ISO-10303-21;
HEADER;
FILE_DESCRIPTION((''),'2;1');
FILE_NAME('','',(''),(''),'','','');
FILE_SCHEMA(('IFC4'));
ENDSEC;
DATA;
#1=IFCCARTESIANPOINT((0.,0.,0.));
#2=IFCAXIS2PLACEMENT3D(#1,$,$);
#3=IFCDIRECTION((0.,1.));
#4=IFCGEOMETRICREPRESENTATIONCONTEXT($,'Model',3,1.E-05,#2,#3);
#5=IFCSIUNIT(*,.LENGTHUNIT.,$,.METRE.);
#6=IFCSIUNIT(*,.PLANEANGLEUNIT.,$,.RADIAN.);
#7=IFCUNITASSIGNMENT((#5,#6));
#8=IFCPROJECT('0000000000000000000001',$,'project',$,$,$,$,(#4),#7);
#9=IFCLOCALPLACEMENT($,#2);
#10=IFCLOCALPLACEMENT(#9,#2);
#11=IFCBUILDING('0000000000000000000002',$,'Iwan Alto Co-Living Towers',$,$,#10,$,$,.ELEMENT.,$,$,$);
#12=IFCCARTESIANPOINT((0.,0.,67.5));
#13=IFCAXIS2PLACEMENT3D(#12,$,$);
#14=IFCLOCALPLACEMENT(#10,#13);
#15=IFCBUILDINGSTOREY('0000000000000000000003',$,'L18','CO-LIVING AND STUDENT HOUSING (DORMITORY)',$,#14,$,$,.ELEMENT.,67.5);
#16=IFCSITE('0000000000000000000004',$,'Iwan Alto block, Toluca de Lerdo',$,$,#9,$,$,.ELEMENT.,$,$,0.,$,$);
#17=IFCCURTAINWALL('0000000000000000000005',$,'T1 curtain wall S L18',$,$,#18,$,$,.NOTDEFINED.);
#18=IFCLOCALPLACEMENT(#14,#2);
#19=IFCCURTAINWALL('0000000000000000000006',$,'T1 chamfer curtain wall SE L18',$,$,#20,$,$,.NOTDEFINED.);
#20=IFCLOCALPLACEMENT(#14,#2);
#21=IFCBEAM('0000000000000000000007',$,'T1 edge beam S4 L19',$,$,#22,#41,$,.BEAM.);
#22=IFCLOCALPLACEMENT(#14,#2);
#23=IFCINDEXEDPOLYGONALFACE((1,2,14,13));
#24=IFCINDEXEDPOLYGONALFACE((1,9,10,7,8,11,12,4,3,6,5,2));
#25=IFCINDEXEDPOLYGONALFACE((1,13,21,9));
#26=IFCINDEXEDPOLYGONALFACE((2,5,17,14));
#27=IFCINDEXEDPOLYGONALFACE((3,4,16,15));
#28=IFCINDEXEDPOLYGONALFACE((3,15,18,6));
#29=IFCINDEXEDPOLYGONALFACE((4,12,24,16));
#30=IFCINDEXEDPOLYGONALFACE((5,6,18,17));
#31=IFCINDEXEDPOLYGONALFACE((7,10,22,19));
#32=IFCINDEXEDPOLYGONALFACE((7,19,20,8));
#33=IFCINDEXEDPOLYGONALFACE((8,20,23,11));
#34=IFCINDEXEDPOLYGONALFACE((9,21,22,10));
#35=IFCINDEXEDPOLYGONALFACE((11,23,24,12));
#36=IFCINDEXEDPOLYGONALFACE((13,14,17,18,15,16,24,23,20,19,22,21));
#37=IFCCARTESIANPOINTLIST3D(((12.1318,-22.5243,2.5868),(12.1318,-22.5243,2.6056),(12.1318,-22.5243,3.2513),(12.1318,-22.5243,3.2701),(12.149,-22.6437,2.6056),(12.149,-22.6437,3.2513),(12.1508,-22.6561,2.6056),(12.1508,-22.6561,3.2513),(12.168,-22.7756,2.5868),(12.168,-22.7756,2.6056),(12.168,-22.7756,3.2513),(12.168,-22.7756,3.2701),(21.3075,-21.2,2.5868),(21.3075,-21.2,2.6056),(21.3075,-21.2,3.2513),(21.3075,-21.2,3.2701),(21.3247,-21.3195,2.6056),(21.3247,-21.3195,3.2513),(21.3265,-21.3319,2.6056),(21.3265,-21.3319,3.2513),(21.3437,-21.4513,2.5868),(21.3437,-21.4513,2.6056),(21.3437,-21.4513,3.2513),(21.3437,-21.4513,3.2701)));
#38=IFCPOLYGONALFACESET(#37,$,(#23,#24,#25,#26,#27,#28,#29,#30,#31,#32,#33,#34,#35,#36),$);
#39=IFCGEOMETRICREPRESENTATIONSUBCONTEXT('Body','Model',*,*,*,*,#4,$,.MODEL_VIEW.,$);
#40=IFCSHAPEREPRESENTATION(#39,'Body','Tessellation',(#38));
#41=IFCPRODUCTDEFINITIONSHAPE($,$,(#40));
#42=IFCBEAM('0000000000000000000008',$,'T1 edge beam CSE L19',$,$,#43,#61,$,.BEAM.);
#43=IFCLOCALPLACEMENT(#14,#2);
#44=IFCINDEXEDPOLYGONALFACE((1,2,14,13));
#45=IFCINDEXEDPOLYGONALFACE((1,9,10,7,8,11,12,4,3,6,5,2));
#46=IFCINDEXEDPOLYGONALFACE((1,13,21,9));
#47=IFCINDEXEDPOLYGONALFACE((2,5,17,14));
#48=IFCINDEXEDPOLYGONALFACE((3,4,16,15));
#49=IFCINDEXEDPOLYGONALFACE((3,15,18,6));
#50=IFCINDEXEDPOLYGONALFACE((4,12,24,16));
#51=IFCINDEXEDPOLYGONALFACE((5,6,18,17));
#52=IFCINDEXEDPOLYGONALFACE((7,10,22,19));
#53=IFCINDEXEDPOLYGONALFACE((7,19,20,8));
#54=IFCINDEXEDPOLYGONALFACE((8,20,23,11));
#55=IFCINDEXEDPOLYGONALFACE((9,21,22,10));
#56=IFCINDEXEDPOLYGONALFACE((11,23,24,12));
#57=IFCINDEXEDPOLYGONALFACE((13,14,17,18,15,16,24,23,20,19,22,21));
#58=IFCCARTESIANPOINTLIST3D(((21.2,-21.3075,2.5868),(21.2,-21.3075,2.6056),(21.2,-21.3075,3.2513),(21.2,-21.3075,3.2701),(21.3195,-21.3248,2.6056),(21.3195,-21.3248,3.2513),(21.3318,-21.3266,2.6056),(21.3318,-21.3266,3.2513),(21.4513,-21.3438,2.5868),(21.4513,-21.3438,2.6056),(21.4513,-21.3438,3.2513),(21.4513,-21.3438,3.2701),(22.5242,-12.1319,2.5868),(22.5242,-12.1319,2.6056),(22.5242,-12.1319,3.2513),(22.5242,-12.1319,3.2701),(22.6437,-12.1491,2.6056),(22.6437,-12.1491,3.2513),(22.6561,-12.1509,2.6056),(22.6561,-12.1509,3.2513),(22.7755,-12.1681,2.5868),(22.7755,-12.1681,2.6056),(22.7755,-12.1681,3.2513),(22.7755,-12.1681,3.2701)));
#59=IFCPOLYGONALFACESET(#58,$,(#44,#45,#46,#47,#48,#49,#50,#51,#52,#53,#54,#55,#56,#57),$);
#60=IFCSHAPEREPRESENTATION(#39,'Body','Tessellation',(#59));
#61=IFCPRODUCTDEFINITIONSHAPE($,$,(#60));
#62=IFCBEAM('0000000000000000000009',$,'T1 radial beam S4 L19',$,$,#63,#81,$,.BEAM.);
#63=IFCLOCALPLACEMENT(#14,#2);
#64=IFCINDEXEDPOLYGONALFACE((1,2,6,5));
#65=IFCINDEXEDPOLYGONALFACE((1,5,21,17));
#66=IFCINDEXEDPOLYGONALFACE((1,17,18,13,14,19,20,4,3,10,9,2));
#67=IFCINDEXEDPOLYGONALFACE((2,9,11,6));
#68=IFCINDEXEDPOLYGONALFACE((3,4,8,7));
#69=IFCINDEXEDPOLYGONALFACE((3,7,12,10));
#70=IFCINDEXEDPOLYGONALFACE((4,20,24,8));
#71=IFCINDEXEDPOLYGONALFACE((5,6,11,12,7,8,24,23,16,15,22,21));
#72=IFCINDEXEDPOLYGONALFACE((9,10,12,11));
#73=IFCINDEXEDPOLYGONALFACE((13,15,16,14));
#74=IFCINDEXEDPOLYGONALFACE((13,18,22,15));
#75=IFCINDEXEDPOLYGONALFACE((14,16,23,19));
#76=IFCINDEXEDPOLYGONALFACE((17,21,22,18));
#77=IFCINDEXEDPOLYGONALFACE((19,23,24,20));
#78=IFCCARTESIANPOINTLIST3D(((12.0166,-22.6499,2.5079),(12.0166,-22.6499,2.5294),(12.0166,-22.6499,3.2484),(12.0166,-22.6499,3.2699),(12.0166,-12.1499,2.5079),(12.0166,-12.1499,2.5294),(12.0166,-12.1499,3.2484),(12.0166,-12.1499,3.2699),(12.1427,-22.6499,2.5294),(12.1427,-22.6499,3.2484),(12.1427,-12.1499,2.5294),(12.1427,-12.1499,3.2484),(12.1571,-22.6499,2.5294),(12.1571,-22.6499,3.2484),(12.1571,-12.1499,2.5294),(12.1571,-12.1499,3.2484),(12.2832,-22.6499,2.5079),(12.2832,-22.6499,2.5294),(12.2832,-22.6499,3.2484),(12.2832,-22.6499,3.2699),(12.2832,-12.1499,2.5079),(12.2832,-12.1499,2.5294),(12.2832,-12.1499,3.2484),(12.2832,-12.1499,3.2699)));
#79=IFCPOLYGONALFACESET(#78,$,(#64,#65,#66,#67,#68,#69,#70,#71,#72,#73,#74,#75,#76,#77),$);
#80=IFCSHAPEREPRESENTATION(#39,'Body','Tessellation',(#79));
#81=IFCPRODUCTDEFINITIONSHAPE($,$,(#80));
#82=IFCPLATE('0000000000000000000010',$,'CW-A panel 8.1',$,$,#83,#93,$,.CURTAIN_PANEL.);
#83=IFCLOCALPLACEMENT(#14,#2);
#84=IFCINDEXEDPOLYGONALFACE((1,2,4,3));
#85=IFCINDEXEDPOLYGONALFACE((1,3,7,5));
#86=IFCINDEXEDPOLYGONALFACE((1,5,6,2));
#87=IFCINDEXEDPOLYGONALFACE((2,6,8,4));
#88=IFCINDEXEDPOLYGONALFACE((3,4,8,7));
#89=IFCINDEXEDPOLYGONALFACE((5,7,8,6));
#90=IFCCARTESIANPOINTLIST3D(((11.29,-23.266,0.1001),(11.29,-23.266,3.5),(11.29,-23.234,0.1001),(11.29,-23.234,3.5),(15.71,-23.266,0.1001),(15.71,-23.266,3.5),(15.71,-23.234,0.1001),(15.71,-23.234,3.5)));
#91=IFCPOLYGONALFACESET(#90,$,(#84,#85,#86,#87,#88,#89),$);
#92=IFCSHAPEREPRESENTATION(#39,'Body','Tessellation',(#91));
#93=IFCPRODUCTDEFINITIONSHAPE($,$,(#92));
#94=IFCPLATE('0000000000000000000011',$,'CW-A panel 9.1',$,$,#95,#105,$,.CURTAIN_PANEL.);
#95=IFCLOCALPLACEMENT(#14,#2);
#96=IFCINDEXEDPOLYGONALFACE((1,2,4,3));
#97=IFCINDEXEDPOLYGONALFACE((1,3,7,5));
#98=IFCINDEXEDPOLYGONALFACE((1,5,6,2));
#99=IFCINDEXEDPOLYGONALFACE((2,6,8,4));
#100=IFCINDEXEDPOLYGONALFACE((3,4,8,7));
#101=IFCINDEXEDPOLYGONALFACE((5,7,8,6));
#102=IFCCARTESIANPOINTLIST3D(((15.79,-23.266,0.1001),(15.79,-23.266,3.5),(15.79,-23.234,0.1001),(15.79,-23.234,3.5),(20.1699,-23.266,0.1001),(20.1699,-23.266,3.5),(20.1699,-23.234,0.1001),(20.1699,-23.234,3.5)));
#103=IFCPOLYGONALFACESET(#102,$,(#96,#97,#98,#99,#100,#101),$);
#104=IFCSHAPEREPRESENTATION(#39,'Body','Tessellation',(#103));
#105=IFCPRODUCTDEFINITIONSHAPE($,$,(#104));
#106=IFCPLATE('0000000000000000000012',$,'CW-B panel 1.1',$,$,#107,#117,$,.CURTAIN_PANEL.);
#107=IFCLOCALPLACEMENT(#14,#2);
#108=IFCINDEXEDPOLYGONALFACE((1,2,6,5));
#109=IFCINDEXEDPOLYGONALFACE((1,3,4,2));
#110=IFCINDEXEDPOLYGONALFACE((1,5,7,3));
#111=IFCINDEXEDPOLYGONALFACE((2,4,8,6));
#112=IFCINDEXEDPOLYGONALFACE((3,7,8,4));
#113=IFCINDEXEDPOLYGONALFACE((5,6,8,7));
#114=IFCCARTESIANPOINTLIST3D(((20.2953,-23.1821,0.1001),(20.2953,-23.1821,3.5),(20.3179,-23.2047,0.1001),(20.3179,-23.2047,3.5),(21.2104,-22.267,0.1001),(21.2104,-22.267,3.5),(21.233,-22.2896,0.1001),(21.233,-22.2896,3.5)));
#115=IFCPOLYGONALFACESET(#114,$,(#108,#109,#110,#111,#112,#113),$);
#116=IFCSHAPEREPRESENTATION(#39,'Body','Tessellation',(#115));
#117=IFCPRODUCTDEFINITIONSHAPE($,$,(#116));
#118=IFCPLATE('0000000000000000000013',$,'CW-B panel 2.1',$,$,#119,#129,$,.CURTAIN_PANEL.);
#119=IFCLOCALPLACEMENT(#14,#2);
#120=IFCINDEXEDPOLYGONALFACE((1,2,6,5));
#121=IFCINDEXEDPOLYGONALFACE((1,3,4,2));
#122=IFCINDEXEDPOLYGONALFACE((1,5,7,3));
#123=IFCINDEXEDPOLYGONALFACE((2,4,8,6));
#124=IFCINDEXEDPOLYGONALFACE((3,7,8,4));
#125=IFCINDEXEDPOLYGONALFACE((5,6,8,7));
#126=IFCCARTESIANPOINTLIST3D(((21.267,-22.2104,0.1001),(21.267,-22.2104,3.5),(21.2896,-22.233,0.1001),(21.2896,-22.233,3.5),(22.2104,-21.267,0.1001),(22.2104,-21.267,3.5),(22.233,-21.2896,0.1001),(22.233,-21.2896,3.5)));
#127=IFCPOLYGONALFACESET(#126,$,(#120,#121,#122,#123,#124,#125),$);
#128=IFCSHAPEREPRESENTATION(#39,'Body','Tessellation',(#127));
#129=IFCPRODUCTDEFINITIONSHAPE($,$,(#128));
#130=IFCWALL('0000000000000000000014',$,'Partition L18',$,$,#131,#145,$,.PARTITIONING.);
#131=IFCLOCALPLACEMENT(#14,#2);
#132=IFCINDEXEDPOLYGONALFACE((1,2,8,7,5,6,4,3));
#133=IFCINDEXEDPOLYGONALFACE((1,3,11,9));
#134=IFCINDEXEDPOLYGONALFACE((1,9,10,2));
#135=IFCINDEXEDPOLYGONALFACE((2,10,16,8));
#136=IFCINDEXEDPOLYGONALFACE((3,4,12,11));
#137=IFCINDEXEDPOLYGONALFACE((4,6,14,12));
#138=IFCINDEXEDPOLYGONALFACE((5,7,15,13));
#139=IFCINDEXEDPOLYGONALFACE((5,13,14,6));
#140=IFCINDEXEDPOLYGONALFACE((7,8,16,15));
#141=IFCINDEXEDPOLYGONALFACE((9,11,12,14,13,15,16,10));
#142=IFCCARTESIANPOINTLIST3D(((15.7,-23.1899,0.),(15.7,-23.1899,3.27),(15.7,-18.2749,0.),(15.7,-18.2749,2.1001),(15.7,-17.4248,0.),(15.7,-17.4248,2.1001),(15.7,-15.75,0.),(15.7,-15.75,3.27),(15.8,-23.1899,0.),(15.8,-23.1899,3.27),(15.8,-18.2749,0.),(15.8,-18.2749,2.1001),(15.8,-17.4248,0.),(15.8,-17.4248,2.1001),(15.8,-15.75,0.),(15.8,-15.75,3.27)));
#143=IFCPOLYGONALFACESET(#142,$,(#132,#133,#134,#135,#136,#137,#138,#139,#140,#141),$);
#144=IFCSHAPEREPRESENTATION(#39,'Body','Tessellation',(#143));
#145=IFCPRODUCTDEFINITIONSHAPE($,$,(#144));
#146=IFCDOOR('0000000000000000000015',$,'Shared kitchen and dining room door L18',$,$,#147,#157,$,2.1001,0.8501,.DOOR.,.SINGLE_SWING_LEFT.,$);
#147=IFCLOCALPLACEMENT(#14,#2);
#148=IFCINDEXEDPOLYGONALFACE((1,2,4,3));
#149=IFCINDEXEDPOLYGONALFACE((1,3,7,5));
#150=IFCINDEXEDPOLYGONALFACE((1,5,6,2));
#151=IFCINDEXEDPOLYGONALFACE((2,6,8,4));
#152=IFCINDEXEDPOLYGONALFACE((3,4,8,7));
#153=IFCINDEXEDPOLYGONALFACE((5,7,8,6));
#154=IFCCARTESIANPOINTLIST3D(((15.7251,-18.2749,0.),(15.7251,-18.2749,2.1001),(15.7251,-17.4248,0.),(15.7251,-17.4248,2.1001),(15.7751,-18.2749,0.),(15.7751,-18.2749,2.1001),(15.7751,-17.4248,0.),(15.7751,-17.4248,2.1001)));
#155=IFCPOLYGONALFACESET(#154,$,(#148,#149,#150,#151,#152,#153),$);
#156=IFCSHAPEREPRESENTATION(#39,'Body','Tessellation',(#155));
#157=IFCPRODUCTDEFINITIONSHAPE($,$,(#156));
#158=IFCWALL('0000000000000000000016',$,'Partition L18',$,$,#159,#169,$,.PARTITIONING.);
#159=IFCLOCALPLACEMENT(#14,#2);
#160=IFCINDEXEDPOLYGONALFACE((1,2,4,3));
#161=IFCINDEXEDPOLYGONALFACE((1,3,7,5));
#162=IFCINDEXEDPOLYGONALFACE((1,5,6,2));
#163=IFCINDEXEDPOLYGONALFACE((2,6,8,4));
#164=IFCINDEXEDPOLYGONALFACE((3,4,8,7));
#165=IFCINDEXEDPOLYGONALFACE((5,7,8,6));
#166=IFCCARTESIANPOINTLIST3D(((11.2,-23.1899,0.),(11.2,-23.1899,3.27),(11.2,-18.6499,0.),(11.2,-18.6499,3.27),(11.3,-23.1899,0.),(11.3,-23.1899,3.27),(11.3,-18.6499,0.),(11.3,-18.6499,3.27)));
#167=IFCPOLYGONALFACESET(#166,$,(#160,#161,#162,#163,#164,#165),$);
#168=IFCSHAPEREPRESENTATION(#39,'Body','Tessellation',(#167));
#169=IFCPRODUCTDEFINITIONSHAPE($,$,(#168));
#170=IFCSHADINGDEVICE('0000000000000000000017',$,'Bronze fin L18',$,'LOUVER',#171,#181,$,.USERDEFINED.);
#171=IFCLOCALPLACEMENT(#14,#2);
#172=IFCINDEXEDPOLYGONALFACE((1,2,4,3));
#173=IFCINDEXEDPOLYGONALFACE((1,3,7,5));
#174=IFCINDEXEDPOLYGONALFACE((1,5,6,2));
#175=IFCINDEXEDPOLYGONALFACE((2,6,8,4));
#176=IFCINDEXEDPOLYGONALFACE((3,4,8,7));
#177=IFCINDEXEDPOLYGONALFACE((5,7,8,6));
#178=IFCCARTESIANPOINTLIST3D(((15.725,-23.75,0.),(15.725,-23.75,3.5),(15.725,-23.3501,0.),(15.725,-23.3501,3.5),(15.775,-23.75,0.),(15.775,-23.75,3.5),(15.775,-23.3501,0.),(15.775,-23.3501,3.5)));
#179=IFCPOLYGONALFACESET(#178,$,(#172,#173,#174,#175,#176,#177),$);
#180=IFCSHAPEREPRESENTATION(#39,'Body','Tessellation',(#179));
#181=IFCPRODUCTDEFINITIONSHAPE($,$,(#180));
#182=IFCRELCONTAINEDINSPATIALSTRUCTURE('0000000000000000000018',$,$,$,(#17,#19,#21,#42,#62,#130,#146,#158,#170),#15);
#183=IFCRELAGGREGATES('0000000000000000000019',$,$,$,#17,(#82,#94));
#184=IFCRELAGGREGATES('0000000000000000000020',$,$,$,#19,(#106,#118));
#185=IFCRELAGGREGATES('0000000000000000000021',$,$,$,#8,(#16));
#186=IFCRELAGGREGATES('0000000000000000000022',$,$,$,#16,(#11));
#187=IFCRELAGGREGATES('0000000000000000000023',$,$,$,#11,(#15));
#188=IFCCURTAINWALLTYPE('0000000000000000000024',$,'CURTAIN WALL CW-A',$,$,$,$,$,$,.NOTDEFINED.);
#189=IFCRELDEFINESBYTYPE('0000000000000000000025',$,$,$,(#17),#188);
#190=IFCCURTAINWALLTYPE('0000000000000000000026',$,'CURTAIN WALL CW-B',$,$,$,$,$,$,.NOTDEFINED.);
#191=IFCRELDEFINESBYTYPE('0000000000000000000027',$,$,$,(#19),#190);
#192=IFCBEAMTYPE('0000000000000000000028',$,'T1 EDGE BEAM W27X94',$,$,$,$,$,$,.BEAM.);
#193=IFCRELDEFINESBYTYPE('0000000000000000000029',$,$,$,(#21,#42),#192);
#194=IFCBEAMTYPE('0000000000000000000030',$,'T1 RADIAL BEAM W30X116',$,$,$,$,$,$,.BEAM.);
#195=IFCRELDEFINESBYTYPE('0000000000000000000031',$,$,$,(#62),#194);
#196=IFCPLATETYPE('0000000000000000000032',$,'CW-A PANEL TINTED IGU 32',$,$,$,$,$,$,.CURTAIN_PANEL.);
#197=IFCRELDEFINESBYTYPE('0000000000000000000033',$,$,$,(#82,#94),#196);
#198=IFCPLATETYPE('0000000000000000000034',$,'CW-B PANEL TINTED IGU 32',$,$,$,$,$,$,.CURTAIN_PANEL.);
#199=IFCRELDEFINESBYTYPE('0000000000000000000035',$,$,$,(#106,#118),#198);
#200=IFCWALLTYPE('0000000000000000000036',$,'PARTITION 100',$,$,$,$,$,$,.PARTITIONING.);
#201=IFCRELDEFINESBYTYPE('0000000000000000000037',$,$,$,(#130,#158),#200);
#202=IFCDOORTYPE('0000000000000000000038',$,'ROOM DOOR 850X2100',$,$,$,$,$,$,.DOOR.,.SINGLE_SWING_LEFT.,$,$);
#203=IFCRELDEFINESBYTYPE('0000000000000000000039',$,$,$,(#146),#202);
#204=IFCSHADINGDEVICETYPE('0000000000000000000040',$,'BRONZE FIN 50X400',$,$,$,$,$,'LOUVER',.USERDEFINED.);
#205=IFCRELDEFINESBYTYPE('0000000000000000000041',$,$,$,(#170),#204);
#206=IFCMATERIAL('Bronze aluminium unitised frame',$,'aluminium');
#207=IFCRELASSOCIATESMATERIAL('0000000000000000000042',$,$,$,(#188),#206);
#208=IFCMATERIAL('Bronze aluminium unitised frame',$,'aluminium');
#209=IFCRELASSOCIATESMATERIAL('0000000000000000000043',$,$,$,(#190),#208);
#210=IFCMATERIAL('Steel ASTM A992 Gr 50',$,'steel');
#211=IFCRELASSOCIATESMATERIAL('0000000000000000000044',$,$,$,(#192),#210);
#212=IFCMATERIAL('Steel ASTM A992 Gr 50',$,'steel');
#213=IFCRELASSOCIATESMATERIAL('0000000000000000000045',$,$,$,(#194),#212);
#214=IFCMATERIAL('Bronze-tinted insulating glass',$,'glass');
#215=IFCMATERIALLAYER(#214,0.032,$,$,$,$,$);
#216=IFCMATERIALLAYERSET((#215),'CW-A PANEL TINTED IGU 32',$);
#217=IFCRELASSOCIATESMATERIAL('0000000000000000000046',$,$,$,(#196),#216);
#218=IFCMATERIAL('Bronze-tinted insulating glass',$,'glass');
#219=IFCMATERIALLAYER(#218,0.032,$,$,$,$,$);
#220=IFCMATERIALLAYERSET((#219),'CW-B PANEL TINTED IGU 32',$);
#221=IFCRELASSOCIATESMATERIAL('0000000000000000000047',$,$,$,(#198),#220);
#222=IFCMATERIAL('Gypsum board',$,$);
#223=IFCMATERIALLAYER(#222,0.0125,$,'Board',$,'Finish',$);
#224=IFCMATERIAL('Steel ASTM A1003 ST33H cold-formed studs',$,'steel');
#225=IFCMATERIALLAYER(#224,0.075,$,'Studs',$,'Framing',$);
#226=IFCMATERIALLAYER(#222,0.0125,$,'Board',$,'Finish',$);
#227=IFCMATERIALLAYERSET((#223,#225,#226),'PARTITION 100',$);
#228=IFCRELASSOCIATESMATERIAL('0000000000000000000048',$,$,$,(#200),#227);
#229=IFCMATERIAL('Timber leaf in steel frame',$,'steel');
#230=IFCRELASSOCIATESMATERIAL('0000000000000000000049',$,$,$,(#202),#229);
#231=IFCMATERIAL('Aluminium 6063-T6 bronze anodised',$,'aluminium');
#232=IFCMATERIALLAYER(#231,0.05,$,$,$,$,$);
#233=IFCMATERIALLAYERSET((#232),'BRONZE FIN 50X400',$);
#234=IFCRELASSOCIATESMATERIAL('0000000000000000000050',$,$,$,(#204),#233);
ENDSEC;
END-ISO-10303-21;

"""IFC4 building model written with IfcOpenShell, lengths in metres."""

from ifc_helpers import new_model, si_unit, direction, frame, frame_2d, origin, origin_2d, place, context, subcontext, project, spatial, rectangle, i_section, extrude, material, layer, layer_set, material_profile, profile_set, type_object, element, fill, aggregate, save


model = new_model("IFC4")

# Units and contexts
model_context = context("Model", 3, precision=1e-05, world=origin(), true_north=direction((0.0, 1.0)))
body_context = subcontext(model_context, "Body", "Model", "MODEL_VIEW")
ifc_project = project(units=[si_unit("LENGTHUNIT", "METRE"), si_unit("PLANEANGLEUNIT", "RADIAN")], contexts=[model_context])

# Site, building, storey
site_placement = place(None, origin())
site = spatial("IfcSite", under=ifc_project, at=site_placement, Name="Iwan Alto block, Toluca de Lerdo", CompositionType="ELEMENT", RefElevation=0.0)
building_placement = place(site_placement, origin())
building = spatial("IfcBuilding", under=site, at=building_placement, Name="Iwan Alto Co-Living Towers", CompositionType="ELEMENT")
storey_placement = place(building_placement, frame((0.0, 0.0, 67.5)))
storey = spatial("IfcBuildingStorey", under=building, at=storey_placement, Name="L18", Description="CO-LIVING AND STUDENT HOUSING (DORMITORY)", CompositionType="ELEMENT", Elevation=67.5)

# Curtain walls
ifc_material_1 = material(Name="Bronze aluminium unitised frame", Category="aluminium")
curtain_wall_type_1 = type_object("IfcCurtainWallType", Name="CURTAIN WALL CW-A", PredefinedType="NOTDEFINED", material=ifc_material_1)
curtain_wall_1_placement = place(storey_placement, origin())
curtain_wall_1 = element("IfcCurtainWall", 1, at=curtain_wall_1_placement, inside=storey, type_object=curtain_wall_type_1, Name="T1 curtain wall S L18", PredefinedType="NOTDEFINED")
ifc_material_2 = material(Name="Bronze aluminium unitised frame", Category="aluminium")
curtain_wall_type_2 = type_object("IfcCurtainWallType", Name="CURTAIN WALL CW-B", PredefinedType="NOTDEFINED", material=ifc_material_2)
curtain_wall_2_placement = place(storey_placement, origin())
curtain_wall_2 = element("IfcCurtainWall", 2, at=curtain_wall_2_placement, inside=storey, type_object=curtain_wall_type_2, Name="T1 chamfer curtain wall SE L18", PredefinedType="NOTDEFINED")

# Beams
ifc_material_3 = material(Name="Steel ASTM A992 Gr 50", Category="steel")
ifc_material_profile_1 = material_profile(ifc_material_3, i_section(OverallWidth=0.2539, OverallDepth=0.6833, WebThickness=0.0125, FlangeThickness=0.0188, at=origin_2d()), Name="W27X94")
ifc_profile_set_1 = profile_set([ifc_material_profile_1], Name="Steel ASTM A992 Gr 50")
beam_type_1 = type_object("IfcBeamType", Name="T1 EDGE BEAM W27X94", PredefinedType="BEAM", material=ifc_profile_set_1)
for number, where, z_axis, x_axis, name in (
    (3, (12.1499, -22.6499, 2.9285), (0.989746, 0.142837, 0.0), (-0.142837, 0.989746, 0.0), "T1 edge beam S4 L19"),
    (4, (21.3257, -21.3257, 2.9285), (0.142837, 0.989746, 0.0), (-0.989746, 0.142837, 0.0), "T1 edge beam CSE L19"),
):
    element("IfcBeam", number, at=place(storey_placement, frame(where, z_axis=z_axis, x_axis=x_axis)), inside=storey, type_object=beam_type_1, Name=name, PredefinedType="BEAM", context=body_context, shape_type="SweptSolid", body=[
        extrude(i_section(OverallWidth=0.2539, OverallDepth=0.6833, WebThickness=0.0125, FlangeThickness=0.0188, at=origin_2d()), origin(), (0.0, 0.0, 1.0), 9.2708),
    ])
ifc_material_4 = material(Name="Steel ASTM A992 Gr 50", Category="steel")
ifc_material_profile_2 = material_profile(ifc_material_4, i_section(OverallWidth=0.2666, OverallDepth=0.762, WebThickness=0.0144, FlangeThickness=0.0215, at=origin_2d()), Name="W30X116")
ifc_profile_set_2 = profile_set([ifc_material_profile_2], Name="Steel ASTM A992 Gr 50")
beam_type_2 = type_object("IfcBeamType", Name="T1 RADIAL BEAM W30X116", PredefinedType="BEAM", material=ifc_profile_set_2)
beam_1_placement = place(storey_placement, frame((12.1499, -22.6499, 2.8889), z_axis=(0.0, 1.0, 0.0), x_axis=(-1.0, 0.0, 0.0)))
element("IfcBeam", 5, at=beam_1_placement, inside=storey, type_object=beam_type_2, Name="T1 radial beam S4 L19", PredefinedType="BEAM", context=body_context, shape_type="SweptSolid", body=[
    extrude(i_section(OverallWidth=0.2666, OverallDepth=0.762, WebThickness=0.0144, FlangeThickness=0.0215, at=origin_2d()), origin(), (0.0, 0.0, 1.0), 10.5),
])

# Plates
ifc_material_5 = material(Name="Bronze-tinted insulating glass", Category="glass")
ifc_layer_1 = layer(ifc_material_5, 0.032)
ifc_layer_set_1 = layer_set([ifc_layer_1], Name="CW-A PANEL TINTED IGU 32")
plate_type_1 = type_object("IfcPlateType", Name="CW-A PANEL TINTED IGU 32", PredefinedType="CURTAIN_PANEL", material=ifc_layer_set_1)
plate_1_placement = place(storey_placement, frame((13.5, -23.25, 0.1001), z_axis=(0.0, 0.0, 1.0), x_axis=(1.0, 0.0, 0.0)))
plate_1 = element("IfcPlate", 6, at=plate_1_placement, type_object=plate_type_1, Name="CW-A panel 8.1", PredefinedType="CURTAIN_PANEL", context=body_context, shape_type="SweptSolid", body=[
    extrude(rectangle(XDim=4.4199, YDim=0.032, at=origin_2d()), origin(), (0.0, 0.0, 1.0), 3.3999),
])
plate_2_placement = place(storey_placement, frame((17.98, -23.25, 0.1001), z_axis=(0.0, 0.0, 1.0), x_axis=(1.0, 0.0, 0.0)))
plate_2 = element("IfcPlate", 7, at=plate_2_placement, type_object=plate_type_1, Name="CW-A panel 9.1", PredefinedType="CURTAIN_PANEL", context=body_context, shape_type="SweptSolid", body=[
    extrude(rectangle(XDim=4.3799, YDim=0.032, at=origin_2d()), origin(), (0.0, 0.0, 1.0), 3.3999),
])
aggregate(curtain_wall_1, [plate_1, plate_2])
ifc_material_6 = material(Name="Bronze-tinted insulating glass", Category="glass")
ifc_layer_2 = layer(ifc_material_6, 0.032)
ifc_layer_set_2 = layer_set([ifc_layer_2], Name="CW-B PANEL TINTED IGU 32")
plate_type_2 = type_object("IfcPlateType", Name="CW-B PANEL TINTED IGU 32", PredefinedType="CURTAIN_PANEL", material=ifc_layer_set_2)
plate_3_placement = place(storey_placement, frame((20.7642, -22.7358, 0.1001), z_axis=(0.0, 0.0, 1.0), x_axis=(0.707107, 0.707107, 0.0)))
plate_3 = element("IfcPlate", 8, at=plate_3_placement, type_object=plate_type_2, Name="CW-B panel 1.1", PredefinedType="CURTAIN_PANEL", context=body_context, shape_type="SweptSolid", body=[
    extrude(rectangle(XDim=1.2942, YDim=0.032, at=origin_2d()), origin(), (0.0, 0.0, 1.0), 3.3999),
])
plate_4_placement = place(storey_placement, frame((21.75, -21.75, 0.1001), z_axis=(0.0, 0.0, 1.0), x_axis=(0.707107, 0.707107, 0.0)))
plate_4 = element("IfcPlate", 9, at=plate_4_placement, type_object=plate_type_2, Name="CW-B panel 2.1", PredefinedType="CURTAIN_PANEL", context=body_context, shape_type="SweptSolid", body=[
    extrude(rectangle(XDim=1.3342, YDim=0.032, at=origin_2d()), origin(), (0.0, 0.0, 1.0), 3.3999),
])
aggregate(curtain_wall_2, [plate_3, plate_4])

# Wall, opening, door
ifc_material_7 = material(Name="Gypsum board")
ifc_layer_3 = layer(ifc_material_7, 0.0125, Name="Board", Category="Finish")
ifc_material_8 = material(Name="Steel ASTM A1003 ST33H cold-formed studs", Category="steel")
ifc_layer_4 = layer(ifc_material_8, 0.075, Name="Studs", Category="Framing")
ifc_layer_5 = layer(ifc_material_7, 0.0125, Name="Board", Category="Finish")
ifc_layer_set_3 = layer_set([ifc_layer_3, ifc_layer_4, ifc_layer_5], Name="PARTITION 100")
wall_type = type_object("IfcWallType", Name="PARTITION 100", PredefinedType="PARTITIONING", material=ifc_layer_set_3)
wall_1_placement = place(storey_placement, frame((15.75, -23.1899, 0.0), z_axis=(0.0, 0.0, 1.0), x_axis=(0.0, 1.0, 0.0)))
wall_1 = element("IfcWall", 10, at=wall_1_placement, inside=storey, type_object=wall_type, Name="Partition L18", PredefinedType="PARTITIONING", context=body_context, shape_type="SweptSolid", body=[
    extrude(rectangle(XDim=7.4399, YDim=0.1001, at=frame_2d((3.72, 0.0))), origin(), (0.0, 0.0, 1.0), 3.27),
])
opening_placement = place(wall_1_placement, frame((4.915, 0.0, 0.0)))
opening = element("IfcOpeningElement", 11, at=opening_placement, cuts=wall_1, PredefinedType="OPENING", context=body_context, shape_type="SweptSolid", body=[
    extrude(rectangle(XDim=0.8501, YDim=2.1001, at=frame_2d((0.425, 1.05))), frame((0.0, 0.0601, 0.0), z_axis=(0.0, -1.0, 0.0), x_axis=(1.0, 0.0, 0.0)), (0.0, 0.0, 1.0), 0.1201),
])
ifc_material_9 = material(Name="Timber leaf in steel frame", Category="steel")
door_type = type_object("IfcDoorType", Name="ROOM DOOR 850X2100", OperationType="SINGLE_SWING_LEFT", PredefinedType="DOOR", material=ifc_material_9)
door_placement = place(opening_placement, origin())
door = element("IfcDoor", 12, at=door_placement, inside=storey, type_object=door_type, Name="Shared kitchen and dining room door L18", OperationType="SINGLE_SWING_LEFT", OverallHeight=2.1001, OverallWidth=0.8501, PredefinedType="DOOR", context=body_context, shape_type="SweptSolid", body=[
    extrude(rectangle(XDim=0.8501, YDim=2.1001, at=frame_2d((0.425, 1.05))), frame((0.0, 0.0249, 0.0), z_axis=(0.0, -1.0, 0.0), x_axis=(1.0, 0.0, 0.0)), (0.0, 0.0, 1.0), 0.05),
])
fill(opening, door)

# Wall
wall_2_placement = place(storey_placement, frame((11.25, -23.1899, 0.0), z_axis=(0.0, 0.0, 1.0), x_axis=(0.0, 1.0, 0.0)))
element("IfcWall", 13, at=wall_2_placement, inside=storey, type_object=wall_type, Name="Partition L18", PredefinedType="PARTITIONING", context=body_context, shape_type="SweptSolid", body=[
    extrude(rectangle(XDim=4.54, YDim=0.1001, at=frame_2d((2.27, 0.0))), origin(), (0.0, 0.0, 1.0), 3.27),
])

# Shading device
ifc_material_10 = material(Name="Aluminium 6063-T6 bronze anodised", Category="aluminium")
ifc_layer_6 = layer(ifc_material_10, 0.05)
ifc_layer_set_4 = layer_set([ifc_layer_6], Name="BRONZE FIN 50X400")
shading_device_type = type_object("IfcShadingDeviceType", Name="BRONZE FIN 50X400", ElementType="LOUVER", PredefinedType="USERDEFINED", material=ifc_layer_set_4)
shading_device_placement = place(storey_placement, frame((15.75, -23.55, 0.0), z_axis=(0.0, 0.0, 1.0), x_axis=(1.0, 0.0, 0.0)))
element("IfcShadingDevice", 14, at=shading_device_placement, inside=storey, type_object=shading_device_type, Name="Bronze fin L18", ObjectType="LOUVER", PredefinedType="USERDEFINED", context=body_context, shape_type="SweptSolid", body=[
    extrude(rectangle(XDim=0.05, YDim=0.3999, at=origin_2d()), origin(), (0.0, 0.0, 1.0), 3.5),
])

save(model, "model.ifc")
